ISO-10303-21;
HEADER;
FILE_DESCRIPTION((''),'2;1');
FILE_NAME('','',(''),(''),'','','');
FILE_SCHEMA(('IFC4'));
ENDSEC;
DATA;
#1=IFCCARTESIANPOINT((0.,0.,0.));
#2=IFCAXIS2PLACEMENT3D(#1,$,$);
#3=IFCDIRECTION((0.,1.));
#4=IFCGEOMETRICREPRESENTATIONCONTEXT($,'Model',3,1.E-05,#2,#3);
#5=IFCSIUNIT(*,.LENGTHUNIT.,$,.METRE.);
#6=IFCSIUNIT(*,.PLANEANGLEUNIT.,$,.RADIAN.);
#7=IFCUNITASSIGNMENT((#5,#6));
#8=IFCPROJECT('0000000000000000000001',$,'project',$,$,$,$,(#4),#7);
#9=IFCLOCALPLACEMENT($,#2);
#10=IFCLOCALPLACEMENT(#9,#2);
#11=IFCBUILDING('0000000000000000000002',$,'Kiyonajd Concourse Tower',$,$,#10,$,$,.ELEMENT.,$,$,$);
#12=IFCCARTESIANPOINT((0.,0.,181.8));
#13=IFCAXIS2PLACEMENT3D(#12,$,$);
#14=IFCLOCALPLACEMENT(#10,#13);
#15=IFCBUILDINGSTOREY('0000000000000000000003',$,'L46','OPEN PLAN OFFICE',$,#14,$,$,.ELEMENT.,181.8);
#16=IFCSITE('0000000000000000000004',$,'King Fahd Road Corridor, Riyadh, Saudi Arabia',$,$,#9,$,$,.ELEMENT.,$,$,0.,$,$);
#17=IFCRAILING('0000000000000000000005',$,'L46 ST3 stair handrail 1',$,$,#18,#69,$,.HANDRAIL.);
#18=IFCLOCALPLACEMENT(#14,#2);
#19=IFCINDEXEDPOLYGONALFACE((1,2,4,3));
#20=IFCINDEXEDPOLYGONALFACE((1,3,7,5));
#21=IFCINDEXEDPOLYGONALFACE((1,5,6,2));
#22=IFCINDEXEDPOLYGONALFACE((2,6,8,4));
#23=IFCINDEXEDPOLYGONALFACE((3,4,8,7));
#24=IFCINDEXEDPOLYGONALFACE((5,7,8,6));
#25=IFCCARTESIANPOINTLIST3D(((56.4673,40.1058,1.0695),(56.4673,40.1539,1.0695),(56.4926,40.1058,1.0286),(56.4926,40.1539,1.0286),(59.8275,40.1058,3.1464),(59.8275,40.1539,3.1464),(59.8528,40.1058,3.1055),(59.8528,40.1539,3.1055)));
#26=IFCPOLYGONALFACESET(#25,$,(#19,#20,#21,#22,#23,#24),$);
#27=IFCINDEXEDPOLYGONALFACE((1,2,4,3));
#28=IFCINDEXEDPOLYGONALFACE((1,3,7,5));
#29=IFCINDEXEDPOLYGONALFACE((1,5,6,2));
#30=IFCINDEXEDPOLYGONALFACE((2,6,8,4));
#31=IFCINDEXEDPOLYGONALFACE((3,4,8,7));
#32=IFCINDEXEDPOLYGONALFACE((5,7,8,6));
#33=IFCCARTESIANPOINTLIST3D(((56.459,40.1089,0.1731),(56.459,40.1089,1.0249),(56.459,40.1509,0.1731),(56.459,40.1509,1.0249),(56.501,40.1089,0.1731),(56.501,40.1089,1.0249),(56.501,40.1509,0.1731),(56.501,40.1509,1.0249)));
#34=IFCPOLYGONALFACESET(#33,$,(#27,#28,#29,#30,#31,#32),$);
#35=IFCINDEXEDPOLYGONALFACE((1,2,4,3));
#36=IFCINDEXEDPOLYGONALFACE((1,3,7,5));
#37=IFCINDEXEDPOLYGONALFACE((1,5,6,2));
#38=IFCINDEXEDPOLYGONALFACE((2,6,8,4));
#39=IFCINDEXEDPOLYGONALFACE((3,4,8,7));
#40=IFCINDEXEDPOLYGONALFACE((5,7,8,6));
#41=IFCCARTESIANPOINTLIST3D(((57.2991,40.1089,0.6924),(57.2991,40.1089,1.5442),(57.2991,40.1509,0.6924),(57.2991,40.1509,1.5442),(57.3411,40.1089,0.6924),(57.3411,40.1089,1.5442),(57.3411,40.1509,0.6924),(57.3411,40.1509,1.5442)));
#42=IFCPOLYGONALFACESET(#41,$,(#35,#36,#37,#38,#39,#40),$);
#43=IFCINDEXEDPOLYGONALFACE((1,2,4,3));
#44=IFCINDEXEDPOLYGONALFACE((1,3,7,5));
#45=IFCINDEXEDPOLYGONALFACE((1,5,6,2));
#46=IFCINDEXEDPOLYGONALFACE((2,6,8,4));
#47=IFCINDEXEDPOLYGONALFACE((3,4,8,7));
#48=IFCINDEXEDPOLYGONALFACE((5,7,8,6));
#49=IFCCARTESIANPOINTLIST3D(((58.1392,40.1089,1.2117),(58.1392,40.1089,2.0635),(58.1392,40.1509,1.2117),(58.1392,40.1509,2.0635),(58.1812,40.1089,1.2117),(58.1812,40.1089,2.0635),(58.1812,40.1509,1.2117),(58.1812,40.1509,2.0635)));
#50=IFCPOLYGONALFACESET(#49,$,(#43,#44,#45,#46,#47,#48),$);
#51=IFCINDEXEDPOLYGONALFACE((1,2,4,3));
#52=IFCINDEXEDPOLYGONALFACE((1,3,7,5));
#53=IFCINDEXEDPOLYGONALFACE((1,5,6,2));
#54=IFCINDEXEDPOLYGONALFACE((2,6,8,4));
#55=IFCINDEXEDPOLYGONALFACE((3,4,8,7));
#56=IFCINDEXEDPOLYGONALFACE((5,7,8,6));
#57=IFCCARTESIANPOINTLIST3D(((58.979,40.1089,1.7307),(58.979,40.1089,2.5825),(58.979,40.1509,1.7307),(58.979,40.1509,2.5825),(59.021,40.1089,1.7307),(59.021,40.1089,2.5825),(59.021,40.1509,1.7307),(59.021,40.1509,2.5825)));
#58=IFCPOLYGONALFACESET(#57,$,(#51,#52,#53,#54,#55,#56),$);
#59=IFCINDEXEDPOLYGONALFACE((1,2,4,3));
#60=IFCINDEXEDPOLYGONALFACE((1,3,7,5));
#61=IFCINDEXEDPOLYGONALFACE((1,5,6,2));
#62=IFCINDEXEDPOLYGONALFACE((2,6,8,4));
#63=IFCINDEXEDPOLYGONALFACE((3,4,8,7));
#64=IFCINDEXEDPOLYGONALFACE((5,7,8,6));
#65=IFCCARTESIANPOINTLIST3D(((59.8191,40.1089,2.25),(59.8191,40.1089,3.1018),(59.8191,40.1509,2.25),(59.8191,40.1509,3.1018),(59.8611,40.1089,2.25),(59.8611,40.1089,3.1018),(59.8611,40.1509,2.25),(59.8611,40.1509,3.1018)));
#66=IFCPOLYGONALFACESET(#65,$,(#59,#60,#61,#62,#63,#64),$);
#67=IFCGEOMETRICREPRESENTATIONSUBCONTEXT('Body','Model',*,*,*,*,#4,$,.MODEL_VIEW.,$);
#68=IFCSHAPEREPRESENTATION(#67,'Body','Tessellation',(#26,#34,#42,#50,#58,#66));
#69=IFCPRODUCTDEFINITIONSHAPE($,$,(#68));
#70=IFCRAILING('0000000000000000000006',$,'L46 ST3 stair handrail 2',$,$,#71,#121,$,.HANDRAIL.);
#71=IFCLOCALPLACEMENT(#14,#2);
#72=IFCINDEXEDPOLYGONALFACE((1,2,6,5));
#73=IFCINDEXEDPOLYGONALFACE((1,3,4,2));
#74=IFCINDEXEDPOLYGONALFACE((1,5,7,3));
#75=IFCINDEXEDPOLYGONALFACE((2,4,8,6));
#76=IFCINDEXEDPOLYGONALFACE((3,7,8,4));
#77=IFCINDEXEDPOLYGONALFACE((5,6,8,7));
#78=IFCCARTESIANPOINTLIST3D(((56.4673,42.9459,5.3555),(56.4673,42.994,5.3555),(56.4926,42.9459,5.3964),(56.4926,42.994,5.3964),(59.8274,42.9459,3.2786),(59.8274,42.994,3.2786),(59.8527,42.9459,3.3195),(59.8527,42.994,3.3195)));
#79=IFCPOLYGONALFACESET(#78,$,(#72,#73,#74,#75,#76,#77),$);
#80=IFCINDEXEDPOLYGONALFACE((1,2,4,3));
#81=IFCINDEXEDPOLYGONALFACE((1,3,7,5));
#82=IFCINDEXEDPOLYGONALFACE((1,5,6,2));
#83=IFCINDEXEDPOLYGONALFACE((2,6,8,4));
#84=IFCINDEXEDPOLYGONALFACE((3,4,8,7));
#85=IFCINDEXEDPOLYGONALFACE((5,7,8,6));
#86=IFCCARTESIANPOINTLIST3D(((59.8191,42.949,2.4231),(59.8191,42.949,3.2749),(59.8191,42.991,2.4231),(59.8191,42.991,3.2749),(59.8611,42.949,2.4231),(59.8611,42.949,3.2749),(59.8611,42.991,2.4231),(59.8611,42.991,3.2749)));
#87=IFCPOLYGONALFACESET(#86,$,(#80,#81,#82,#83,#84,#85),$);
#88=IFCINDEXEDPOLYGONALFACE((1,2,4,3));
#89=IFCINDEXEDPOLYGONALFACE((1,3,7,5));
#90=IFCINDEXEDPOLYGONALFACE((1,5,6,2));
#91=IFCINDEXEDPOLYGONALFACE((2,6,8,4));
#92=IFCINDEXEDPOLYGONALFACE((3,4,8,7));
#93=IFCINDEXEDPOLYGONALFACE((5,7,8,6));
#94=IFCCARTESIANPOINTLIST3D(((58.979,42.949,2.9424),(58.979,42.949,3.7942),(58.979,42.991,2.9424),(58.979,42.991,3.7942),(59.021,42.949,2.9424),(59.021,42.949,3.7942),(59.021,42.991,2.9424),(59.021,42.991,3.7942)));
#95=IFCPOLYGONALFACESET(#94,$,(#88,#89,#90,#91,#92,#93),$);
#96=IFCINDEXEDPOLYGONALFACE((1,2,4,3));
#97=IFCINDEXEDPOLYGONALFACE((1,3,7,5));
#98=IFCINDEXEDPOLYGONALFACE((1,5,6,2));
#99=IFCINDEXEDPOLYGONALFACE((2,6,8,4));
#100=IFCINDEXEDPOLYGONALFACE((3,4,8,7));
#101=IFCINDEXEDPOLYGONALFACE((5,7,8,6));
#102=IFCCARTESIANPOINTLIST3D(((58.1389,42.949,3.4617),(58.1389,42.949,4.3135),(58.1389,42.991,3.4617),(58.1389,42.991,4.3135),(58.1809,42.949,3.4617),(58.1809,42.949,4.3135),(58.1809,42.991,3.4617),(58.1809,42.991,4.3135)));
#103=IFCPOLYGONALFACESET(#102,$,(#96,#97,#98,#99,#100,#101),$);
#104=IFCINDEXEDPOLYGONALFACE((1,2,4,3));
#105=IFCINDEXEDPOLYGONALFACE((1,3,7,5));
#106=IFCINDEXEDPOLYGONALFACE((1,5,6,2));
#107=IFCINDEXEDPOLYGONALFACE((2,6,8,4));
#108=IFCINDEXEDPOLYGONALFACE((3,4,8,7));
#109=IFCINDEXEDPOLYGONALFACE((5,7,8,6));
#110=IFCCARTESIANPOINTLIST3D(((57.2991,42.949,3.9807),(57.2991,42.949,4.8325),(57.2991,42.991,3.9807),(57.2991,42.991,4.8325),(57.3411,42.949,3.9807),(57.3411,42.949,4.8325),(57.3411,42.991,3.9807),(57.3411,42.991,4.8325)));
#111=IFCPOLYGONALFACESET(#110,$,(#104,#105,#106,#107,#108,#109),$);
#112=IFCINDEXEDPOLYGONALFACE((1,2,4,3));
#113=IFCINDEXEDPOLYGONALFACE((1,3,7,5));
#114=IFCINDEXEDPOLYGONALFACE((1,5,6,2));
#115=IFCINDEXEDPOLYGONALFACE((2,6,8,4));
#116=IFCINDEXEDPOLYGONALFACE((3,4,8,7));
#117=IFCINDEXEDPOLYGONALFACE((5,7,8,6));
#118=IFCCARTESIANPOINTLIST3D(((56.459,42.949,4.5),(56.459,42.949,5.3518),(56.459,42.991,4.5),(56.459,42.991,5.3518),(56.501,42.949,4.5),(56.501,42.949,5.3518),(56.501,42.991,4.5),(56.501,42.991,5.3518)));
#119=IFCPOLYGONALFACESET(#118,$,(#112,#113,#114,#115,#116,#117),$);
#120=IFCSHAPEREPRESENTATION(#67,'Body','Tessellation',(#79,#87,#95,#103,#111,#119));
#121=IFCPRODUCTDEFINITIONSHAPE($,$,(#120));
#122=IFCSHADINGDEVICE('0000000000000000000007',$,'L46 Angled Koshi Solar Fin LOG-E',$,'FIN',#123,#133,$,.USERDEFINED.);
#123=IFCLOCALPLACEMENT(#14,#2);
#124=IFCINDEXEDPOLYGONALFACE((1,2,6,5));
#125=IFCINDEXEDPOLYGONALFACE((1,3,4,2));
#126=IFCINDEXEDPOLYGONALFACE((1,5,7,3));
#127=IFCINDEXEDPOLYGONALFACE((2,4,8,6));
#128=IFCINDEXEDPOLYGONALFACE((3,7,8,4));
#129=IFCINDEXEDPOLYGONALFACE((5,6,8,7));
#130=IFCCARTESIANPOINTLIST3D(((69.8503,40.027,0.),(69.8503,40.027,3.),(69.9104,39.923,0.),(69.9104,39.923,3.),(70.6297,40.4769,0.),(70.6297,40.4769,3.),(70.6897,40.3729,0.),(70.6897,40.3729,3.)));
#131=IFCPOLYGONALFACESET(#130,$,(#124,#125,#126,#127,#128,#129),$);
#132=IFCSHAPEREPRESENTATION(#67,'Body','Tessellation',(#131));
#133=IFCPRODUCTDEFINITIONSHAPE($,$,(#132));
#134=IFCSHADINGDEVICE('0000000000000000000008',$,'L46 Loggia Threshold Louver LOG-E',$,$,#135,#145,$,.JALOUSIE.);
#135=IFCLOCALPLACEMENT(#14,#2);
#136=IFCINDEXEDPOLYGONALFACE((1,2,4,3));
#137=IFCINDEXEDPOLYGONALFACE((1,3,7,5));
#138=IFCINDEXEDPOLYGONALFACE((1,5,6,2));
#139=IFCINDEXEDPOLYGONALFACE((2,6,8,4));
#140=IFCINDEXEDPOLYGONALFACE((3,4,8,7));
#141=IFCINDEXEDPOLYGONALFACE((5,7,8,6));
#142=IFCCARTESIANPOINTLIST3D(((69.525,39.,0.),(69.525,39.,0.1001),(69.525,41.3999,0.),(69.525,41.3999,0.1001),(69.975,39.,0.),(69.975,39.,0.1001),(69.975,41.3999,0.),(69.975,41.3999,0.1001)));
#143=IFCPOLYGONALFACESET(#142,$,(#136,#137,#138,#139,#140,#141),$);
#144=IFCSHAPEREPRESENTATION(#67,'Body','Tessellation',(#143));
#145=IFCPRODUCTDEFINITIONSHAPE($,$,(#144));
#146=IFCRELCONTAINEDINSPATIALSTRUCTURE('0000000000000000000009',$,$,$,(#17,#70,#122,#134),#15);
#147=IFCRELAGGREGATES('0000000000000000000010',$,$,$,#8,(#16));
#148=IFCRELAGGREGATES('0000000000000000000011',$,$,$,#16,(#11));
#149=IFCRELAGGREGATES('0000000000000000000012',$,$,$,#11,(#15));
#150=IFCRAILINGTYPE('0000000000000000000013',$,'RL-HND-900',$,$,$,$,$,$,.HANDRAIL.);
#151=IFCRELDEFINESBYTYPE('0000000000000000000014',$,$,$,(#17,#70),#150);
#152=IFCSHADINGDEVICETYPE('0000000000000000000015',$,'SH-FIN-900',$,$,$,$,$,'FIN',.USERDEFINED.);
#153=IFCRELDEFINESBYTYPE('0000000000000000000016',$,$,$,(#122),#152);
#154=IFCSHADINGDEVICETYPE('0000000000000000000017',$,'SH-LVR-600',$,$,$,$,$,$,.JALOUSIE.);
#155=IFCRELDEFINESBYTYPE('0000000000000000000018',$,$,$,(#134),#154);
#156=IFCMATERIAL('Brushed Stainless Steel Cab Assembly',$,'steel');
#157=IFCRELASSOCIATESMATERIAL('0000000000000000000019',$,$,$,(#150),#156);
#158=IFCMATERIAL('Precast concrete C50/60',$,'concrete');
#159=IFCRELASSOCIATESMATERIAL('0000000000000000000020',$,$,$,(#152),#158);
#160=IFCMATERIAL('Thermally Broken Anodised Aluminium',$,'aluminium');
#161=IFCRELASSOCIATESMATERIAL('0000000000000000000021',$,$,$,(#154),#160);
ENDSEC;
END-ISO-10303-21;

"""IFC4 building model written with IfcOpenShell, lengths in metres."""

from ifc_helpers import new_model, si_unit, direction, frame, origin, origin_2d, place, context, subcontext, project, spatial, rectangle, extrude, material, type_object, element, save


model = new_model("IFC4")

# Units and contexts
model_context = context("Model", 3, precision=1e-05, world=origin(), true_north=direction((0.0, 1.0)))
body_context = subcontext(model_context, "Body", "Model", "MODEL_VIEW")
ifc_project = project(units=[si_unit("LENGTHUNIT", "METRE"), si_unit("PLANEANGLEUNIT", "RADIAN")], contexts=[model_context])

# Site, building, storey
site_placement = place(None, origin())
site = spatial("IfcSite", under=ifc_project, at=site_placement, Name="King Fahd Road Corridor, Riyadh, Saudi Arabia", CompositionType="ELEMENT", RefElevation=0.0)
building_placement = place(site_placement, origin())
building = spatial("IfcBuilding", under=site, at=building_placement, Name="Kiyonajd Concourse Tower", CompositionType="ELEMENT")
storey_placement = place(building_placement, frame((0.0, 0.0, 181.8)))
storey = spatial("IfcBuildingStorey", under=building, at=storey_placement, Name="L46", Description="OPEN PLAN OFFICE", CompositionType="ELEMENT", Elevation=181.8)

# Shared definitions
ifc_material_1 = material(Name="Thermally Broken Anodised Aluminium", Category="aluminium")

# Shared definitions
ifc_material_2 = material(Name="Precast concrete C50/60", Category="concrete")

# Railings
ifc_material_3 = material(Name="Brushed Stainless Steel Cab Assembly", Category="steel")
railing_type_1 = type_object("IfcRailingType", Name="RL-HND-900", PredefinedType="HANDRAIL", material=ifc_material_3)
railing_1_placement = place(storey_placement, frame((56.48, 40.1299, 0.1731)))
element("IfcRailing", 1, at=railing_1_placement, inside=storey, type_object=railing_type_1, Name="L46 ST3 stair handrail 1", PredefinedType="HANDRAIL", context=body_context, shape_type="SweptSolid", body=[
    extrude(rectangle(XDim=0.0481, YDim=0.0481, at=origin_2d()), frame((0.0, 0.0, 0.876), z_axis=(0.850623, 0.0, 0.525776), x_axis=(0.0, 1.0, 0.0)), (0.0, 0.0, 1.0), 3.9502),
    extrude(rectangle(XDim=0.042, YDim=0.042, at=origin_2d()), origin(), (0.0, 0.0, 1.0), 0.8518),
    extrude(rectangle(XDim=0.042, YDim=0.042, at=origin_2d()), frame((0.8401, 0.0, 0.5193)), (0.0, 0.0, 1.0), 0.8518),
    extrude(rectangle(XDim=0.042, YDim=0.042, at=origin_2d()), frame((1.6802, 0.0, 1.0386)), (0.0, 0.0, 1.0), 0.8518),
    extrude(rectangle(XDim=0.042, YDim=0.042, at=origin_2d()), frame((2.52, 0.0, 1.5576)), (0.0, 0.0, 1.0), 0.8518),
    extrude(rectangle(XDim=0.042, YDim=0.042, at=origin_2d()), frame((3.3601, 0.0, 2.0769)), (0.0, 0.0, 1.0), 0.8518),
])
railing_2_placement = place(storey_placement, frame((59.8401, 42.97, 2.4231)))
element("IfcRailing", 2, at=railing_2_placement, inside=storey, type_object=railing_type_1, Name="L46 ST3 stair handrail 2", PredefinedType="HANDRAIL", context=body_context, shape_type="SweptSolid", body=[
    extrude(rectangle(XDim=0.0481, YDim=0.0481, at=origin_2d()), frame((0.0, 0.0, 0.876), z_axis=(-0.850623, 0.0, 0.525776), x_axis=(0.0, -1.0, 0.0)), (0.0, 0.0, 1.0), 3.9502),
    extrude(rectangle(XDim=0.042, YDim=0.042, at=origin_2d()), origin(), (0.0, 0.0, 1.0), 0.8518),
    extrude(rectangle(XDim=0.042, YDim=0.042, at=origin_2d()), frame((-0.8401, 0.0, 0.5193)), (0.0, 0.0, 1.0), 0.8518),
    extrude(rectangle(XDim=0.042, YDim=0.042, at=origin_2d()), frame((-1.6802, 0.0, 1.0386)), (0.0, 0.0, 1.0), 0.8518),
    extrude(rectangle(XDim=0.042, YDim=0.042, at=origin_2d()), frame((-2.52, 0.0, 1.5576)), (0.0, 0.0, 1.0), 0.8518),
    extrude(rectangle(XDim=0.042, YDim=0.042, at=origin_2d()), frame((-3.3601, 0.0, 2.0769)), (0.0, 0.0, 1.0), 0.8518),
])

# Shading devices
shading_device_type_1 = type_object("IfcShadingDeviceType", Name="SH-FIN-900", ElementType="FIN", PredefinedType="USERDEFINED", material=ifc_material_2)
shading_device_1_placement = place(storey_placement, frame((70.27, 40.2, 0.0), z_axis=(0.0, 0.0, 1.0), x_axis=(0.866025, 0.5, 0.0)))
element("IfcShadingDevice", 3, at=shading_device_1_placement, inside=storey, type_object=shading_device_type_1, Name="L46 Angled Koshi Solar Fin LOG-E", ObjectType="FIN", PredefinedType="USERDEFINED", context=body_context, shape_type="SweptSolid", body=[
    extrude(rectangle(XDim=0.8999, YDim=0.1201, at=origin_2d()), origin(), (0.0, 0.0, 1.0), 3.0),
])
shading_device_type_2 = type_object("IfcShadingDeviceType", Name="SH-LVR-600", PredefinedType="JALOUSIE", material=ifc_material_1)
shading_device_2_placement = place(storey_placement, frame((69.75, 40.2, 0.0), z_axis=(0.0, 0.0, 1.0), x_axis=(0.0, 1.0, 0.0)))
element("IfcShadingDevice", 4, at=shading_device_2_placement, inside=storey, type_object=shading_device_type_2, Name="L46 Loggia Threshold Louver LOG-E", PredefinedType="JALOUSIE", context=body_context, shape_type="SweptSolid", body=[
    extrude(rectangle(XDim=2.3999, YDim=0.45, at=origin_2d()), origin(), (0.0, 0.0, 1.0), 0.1001),
])

save(model, "model.ifc")
